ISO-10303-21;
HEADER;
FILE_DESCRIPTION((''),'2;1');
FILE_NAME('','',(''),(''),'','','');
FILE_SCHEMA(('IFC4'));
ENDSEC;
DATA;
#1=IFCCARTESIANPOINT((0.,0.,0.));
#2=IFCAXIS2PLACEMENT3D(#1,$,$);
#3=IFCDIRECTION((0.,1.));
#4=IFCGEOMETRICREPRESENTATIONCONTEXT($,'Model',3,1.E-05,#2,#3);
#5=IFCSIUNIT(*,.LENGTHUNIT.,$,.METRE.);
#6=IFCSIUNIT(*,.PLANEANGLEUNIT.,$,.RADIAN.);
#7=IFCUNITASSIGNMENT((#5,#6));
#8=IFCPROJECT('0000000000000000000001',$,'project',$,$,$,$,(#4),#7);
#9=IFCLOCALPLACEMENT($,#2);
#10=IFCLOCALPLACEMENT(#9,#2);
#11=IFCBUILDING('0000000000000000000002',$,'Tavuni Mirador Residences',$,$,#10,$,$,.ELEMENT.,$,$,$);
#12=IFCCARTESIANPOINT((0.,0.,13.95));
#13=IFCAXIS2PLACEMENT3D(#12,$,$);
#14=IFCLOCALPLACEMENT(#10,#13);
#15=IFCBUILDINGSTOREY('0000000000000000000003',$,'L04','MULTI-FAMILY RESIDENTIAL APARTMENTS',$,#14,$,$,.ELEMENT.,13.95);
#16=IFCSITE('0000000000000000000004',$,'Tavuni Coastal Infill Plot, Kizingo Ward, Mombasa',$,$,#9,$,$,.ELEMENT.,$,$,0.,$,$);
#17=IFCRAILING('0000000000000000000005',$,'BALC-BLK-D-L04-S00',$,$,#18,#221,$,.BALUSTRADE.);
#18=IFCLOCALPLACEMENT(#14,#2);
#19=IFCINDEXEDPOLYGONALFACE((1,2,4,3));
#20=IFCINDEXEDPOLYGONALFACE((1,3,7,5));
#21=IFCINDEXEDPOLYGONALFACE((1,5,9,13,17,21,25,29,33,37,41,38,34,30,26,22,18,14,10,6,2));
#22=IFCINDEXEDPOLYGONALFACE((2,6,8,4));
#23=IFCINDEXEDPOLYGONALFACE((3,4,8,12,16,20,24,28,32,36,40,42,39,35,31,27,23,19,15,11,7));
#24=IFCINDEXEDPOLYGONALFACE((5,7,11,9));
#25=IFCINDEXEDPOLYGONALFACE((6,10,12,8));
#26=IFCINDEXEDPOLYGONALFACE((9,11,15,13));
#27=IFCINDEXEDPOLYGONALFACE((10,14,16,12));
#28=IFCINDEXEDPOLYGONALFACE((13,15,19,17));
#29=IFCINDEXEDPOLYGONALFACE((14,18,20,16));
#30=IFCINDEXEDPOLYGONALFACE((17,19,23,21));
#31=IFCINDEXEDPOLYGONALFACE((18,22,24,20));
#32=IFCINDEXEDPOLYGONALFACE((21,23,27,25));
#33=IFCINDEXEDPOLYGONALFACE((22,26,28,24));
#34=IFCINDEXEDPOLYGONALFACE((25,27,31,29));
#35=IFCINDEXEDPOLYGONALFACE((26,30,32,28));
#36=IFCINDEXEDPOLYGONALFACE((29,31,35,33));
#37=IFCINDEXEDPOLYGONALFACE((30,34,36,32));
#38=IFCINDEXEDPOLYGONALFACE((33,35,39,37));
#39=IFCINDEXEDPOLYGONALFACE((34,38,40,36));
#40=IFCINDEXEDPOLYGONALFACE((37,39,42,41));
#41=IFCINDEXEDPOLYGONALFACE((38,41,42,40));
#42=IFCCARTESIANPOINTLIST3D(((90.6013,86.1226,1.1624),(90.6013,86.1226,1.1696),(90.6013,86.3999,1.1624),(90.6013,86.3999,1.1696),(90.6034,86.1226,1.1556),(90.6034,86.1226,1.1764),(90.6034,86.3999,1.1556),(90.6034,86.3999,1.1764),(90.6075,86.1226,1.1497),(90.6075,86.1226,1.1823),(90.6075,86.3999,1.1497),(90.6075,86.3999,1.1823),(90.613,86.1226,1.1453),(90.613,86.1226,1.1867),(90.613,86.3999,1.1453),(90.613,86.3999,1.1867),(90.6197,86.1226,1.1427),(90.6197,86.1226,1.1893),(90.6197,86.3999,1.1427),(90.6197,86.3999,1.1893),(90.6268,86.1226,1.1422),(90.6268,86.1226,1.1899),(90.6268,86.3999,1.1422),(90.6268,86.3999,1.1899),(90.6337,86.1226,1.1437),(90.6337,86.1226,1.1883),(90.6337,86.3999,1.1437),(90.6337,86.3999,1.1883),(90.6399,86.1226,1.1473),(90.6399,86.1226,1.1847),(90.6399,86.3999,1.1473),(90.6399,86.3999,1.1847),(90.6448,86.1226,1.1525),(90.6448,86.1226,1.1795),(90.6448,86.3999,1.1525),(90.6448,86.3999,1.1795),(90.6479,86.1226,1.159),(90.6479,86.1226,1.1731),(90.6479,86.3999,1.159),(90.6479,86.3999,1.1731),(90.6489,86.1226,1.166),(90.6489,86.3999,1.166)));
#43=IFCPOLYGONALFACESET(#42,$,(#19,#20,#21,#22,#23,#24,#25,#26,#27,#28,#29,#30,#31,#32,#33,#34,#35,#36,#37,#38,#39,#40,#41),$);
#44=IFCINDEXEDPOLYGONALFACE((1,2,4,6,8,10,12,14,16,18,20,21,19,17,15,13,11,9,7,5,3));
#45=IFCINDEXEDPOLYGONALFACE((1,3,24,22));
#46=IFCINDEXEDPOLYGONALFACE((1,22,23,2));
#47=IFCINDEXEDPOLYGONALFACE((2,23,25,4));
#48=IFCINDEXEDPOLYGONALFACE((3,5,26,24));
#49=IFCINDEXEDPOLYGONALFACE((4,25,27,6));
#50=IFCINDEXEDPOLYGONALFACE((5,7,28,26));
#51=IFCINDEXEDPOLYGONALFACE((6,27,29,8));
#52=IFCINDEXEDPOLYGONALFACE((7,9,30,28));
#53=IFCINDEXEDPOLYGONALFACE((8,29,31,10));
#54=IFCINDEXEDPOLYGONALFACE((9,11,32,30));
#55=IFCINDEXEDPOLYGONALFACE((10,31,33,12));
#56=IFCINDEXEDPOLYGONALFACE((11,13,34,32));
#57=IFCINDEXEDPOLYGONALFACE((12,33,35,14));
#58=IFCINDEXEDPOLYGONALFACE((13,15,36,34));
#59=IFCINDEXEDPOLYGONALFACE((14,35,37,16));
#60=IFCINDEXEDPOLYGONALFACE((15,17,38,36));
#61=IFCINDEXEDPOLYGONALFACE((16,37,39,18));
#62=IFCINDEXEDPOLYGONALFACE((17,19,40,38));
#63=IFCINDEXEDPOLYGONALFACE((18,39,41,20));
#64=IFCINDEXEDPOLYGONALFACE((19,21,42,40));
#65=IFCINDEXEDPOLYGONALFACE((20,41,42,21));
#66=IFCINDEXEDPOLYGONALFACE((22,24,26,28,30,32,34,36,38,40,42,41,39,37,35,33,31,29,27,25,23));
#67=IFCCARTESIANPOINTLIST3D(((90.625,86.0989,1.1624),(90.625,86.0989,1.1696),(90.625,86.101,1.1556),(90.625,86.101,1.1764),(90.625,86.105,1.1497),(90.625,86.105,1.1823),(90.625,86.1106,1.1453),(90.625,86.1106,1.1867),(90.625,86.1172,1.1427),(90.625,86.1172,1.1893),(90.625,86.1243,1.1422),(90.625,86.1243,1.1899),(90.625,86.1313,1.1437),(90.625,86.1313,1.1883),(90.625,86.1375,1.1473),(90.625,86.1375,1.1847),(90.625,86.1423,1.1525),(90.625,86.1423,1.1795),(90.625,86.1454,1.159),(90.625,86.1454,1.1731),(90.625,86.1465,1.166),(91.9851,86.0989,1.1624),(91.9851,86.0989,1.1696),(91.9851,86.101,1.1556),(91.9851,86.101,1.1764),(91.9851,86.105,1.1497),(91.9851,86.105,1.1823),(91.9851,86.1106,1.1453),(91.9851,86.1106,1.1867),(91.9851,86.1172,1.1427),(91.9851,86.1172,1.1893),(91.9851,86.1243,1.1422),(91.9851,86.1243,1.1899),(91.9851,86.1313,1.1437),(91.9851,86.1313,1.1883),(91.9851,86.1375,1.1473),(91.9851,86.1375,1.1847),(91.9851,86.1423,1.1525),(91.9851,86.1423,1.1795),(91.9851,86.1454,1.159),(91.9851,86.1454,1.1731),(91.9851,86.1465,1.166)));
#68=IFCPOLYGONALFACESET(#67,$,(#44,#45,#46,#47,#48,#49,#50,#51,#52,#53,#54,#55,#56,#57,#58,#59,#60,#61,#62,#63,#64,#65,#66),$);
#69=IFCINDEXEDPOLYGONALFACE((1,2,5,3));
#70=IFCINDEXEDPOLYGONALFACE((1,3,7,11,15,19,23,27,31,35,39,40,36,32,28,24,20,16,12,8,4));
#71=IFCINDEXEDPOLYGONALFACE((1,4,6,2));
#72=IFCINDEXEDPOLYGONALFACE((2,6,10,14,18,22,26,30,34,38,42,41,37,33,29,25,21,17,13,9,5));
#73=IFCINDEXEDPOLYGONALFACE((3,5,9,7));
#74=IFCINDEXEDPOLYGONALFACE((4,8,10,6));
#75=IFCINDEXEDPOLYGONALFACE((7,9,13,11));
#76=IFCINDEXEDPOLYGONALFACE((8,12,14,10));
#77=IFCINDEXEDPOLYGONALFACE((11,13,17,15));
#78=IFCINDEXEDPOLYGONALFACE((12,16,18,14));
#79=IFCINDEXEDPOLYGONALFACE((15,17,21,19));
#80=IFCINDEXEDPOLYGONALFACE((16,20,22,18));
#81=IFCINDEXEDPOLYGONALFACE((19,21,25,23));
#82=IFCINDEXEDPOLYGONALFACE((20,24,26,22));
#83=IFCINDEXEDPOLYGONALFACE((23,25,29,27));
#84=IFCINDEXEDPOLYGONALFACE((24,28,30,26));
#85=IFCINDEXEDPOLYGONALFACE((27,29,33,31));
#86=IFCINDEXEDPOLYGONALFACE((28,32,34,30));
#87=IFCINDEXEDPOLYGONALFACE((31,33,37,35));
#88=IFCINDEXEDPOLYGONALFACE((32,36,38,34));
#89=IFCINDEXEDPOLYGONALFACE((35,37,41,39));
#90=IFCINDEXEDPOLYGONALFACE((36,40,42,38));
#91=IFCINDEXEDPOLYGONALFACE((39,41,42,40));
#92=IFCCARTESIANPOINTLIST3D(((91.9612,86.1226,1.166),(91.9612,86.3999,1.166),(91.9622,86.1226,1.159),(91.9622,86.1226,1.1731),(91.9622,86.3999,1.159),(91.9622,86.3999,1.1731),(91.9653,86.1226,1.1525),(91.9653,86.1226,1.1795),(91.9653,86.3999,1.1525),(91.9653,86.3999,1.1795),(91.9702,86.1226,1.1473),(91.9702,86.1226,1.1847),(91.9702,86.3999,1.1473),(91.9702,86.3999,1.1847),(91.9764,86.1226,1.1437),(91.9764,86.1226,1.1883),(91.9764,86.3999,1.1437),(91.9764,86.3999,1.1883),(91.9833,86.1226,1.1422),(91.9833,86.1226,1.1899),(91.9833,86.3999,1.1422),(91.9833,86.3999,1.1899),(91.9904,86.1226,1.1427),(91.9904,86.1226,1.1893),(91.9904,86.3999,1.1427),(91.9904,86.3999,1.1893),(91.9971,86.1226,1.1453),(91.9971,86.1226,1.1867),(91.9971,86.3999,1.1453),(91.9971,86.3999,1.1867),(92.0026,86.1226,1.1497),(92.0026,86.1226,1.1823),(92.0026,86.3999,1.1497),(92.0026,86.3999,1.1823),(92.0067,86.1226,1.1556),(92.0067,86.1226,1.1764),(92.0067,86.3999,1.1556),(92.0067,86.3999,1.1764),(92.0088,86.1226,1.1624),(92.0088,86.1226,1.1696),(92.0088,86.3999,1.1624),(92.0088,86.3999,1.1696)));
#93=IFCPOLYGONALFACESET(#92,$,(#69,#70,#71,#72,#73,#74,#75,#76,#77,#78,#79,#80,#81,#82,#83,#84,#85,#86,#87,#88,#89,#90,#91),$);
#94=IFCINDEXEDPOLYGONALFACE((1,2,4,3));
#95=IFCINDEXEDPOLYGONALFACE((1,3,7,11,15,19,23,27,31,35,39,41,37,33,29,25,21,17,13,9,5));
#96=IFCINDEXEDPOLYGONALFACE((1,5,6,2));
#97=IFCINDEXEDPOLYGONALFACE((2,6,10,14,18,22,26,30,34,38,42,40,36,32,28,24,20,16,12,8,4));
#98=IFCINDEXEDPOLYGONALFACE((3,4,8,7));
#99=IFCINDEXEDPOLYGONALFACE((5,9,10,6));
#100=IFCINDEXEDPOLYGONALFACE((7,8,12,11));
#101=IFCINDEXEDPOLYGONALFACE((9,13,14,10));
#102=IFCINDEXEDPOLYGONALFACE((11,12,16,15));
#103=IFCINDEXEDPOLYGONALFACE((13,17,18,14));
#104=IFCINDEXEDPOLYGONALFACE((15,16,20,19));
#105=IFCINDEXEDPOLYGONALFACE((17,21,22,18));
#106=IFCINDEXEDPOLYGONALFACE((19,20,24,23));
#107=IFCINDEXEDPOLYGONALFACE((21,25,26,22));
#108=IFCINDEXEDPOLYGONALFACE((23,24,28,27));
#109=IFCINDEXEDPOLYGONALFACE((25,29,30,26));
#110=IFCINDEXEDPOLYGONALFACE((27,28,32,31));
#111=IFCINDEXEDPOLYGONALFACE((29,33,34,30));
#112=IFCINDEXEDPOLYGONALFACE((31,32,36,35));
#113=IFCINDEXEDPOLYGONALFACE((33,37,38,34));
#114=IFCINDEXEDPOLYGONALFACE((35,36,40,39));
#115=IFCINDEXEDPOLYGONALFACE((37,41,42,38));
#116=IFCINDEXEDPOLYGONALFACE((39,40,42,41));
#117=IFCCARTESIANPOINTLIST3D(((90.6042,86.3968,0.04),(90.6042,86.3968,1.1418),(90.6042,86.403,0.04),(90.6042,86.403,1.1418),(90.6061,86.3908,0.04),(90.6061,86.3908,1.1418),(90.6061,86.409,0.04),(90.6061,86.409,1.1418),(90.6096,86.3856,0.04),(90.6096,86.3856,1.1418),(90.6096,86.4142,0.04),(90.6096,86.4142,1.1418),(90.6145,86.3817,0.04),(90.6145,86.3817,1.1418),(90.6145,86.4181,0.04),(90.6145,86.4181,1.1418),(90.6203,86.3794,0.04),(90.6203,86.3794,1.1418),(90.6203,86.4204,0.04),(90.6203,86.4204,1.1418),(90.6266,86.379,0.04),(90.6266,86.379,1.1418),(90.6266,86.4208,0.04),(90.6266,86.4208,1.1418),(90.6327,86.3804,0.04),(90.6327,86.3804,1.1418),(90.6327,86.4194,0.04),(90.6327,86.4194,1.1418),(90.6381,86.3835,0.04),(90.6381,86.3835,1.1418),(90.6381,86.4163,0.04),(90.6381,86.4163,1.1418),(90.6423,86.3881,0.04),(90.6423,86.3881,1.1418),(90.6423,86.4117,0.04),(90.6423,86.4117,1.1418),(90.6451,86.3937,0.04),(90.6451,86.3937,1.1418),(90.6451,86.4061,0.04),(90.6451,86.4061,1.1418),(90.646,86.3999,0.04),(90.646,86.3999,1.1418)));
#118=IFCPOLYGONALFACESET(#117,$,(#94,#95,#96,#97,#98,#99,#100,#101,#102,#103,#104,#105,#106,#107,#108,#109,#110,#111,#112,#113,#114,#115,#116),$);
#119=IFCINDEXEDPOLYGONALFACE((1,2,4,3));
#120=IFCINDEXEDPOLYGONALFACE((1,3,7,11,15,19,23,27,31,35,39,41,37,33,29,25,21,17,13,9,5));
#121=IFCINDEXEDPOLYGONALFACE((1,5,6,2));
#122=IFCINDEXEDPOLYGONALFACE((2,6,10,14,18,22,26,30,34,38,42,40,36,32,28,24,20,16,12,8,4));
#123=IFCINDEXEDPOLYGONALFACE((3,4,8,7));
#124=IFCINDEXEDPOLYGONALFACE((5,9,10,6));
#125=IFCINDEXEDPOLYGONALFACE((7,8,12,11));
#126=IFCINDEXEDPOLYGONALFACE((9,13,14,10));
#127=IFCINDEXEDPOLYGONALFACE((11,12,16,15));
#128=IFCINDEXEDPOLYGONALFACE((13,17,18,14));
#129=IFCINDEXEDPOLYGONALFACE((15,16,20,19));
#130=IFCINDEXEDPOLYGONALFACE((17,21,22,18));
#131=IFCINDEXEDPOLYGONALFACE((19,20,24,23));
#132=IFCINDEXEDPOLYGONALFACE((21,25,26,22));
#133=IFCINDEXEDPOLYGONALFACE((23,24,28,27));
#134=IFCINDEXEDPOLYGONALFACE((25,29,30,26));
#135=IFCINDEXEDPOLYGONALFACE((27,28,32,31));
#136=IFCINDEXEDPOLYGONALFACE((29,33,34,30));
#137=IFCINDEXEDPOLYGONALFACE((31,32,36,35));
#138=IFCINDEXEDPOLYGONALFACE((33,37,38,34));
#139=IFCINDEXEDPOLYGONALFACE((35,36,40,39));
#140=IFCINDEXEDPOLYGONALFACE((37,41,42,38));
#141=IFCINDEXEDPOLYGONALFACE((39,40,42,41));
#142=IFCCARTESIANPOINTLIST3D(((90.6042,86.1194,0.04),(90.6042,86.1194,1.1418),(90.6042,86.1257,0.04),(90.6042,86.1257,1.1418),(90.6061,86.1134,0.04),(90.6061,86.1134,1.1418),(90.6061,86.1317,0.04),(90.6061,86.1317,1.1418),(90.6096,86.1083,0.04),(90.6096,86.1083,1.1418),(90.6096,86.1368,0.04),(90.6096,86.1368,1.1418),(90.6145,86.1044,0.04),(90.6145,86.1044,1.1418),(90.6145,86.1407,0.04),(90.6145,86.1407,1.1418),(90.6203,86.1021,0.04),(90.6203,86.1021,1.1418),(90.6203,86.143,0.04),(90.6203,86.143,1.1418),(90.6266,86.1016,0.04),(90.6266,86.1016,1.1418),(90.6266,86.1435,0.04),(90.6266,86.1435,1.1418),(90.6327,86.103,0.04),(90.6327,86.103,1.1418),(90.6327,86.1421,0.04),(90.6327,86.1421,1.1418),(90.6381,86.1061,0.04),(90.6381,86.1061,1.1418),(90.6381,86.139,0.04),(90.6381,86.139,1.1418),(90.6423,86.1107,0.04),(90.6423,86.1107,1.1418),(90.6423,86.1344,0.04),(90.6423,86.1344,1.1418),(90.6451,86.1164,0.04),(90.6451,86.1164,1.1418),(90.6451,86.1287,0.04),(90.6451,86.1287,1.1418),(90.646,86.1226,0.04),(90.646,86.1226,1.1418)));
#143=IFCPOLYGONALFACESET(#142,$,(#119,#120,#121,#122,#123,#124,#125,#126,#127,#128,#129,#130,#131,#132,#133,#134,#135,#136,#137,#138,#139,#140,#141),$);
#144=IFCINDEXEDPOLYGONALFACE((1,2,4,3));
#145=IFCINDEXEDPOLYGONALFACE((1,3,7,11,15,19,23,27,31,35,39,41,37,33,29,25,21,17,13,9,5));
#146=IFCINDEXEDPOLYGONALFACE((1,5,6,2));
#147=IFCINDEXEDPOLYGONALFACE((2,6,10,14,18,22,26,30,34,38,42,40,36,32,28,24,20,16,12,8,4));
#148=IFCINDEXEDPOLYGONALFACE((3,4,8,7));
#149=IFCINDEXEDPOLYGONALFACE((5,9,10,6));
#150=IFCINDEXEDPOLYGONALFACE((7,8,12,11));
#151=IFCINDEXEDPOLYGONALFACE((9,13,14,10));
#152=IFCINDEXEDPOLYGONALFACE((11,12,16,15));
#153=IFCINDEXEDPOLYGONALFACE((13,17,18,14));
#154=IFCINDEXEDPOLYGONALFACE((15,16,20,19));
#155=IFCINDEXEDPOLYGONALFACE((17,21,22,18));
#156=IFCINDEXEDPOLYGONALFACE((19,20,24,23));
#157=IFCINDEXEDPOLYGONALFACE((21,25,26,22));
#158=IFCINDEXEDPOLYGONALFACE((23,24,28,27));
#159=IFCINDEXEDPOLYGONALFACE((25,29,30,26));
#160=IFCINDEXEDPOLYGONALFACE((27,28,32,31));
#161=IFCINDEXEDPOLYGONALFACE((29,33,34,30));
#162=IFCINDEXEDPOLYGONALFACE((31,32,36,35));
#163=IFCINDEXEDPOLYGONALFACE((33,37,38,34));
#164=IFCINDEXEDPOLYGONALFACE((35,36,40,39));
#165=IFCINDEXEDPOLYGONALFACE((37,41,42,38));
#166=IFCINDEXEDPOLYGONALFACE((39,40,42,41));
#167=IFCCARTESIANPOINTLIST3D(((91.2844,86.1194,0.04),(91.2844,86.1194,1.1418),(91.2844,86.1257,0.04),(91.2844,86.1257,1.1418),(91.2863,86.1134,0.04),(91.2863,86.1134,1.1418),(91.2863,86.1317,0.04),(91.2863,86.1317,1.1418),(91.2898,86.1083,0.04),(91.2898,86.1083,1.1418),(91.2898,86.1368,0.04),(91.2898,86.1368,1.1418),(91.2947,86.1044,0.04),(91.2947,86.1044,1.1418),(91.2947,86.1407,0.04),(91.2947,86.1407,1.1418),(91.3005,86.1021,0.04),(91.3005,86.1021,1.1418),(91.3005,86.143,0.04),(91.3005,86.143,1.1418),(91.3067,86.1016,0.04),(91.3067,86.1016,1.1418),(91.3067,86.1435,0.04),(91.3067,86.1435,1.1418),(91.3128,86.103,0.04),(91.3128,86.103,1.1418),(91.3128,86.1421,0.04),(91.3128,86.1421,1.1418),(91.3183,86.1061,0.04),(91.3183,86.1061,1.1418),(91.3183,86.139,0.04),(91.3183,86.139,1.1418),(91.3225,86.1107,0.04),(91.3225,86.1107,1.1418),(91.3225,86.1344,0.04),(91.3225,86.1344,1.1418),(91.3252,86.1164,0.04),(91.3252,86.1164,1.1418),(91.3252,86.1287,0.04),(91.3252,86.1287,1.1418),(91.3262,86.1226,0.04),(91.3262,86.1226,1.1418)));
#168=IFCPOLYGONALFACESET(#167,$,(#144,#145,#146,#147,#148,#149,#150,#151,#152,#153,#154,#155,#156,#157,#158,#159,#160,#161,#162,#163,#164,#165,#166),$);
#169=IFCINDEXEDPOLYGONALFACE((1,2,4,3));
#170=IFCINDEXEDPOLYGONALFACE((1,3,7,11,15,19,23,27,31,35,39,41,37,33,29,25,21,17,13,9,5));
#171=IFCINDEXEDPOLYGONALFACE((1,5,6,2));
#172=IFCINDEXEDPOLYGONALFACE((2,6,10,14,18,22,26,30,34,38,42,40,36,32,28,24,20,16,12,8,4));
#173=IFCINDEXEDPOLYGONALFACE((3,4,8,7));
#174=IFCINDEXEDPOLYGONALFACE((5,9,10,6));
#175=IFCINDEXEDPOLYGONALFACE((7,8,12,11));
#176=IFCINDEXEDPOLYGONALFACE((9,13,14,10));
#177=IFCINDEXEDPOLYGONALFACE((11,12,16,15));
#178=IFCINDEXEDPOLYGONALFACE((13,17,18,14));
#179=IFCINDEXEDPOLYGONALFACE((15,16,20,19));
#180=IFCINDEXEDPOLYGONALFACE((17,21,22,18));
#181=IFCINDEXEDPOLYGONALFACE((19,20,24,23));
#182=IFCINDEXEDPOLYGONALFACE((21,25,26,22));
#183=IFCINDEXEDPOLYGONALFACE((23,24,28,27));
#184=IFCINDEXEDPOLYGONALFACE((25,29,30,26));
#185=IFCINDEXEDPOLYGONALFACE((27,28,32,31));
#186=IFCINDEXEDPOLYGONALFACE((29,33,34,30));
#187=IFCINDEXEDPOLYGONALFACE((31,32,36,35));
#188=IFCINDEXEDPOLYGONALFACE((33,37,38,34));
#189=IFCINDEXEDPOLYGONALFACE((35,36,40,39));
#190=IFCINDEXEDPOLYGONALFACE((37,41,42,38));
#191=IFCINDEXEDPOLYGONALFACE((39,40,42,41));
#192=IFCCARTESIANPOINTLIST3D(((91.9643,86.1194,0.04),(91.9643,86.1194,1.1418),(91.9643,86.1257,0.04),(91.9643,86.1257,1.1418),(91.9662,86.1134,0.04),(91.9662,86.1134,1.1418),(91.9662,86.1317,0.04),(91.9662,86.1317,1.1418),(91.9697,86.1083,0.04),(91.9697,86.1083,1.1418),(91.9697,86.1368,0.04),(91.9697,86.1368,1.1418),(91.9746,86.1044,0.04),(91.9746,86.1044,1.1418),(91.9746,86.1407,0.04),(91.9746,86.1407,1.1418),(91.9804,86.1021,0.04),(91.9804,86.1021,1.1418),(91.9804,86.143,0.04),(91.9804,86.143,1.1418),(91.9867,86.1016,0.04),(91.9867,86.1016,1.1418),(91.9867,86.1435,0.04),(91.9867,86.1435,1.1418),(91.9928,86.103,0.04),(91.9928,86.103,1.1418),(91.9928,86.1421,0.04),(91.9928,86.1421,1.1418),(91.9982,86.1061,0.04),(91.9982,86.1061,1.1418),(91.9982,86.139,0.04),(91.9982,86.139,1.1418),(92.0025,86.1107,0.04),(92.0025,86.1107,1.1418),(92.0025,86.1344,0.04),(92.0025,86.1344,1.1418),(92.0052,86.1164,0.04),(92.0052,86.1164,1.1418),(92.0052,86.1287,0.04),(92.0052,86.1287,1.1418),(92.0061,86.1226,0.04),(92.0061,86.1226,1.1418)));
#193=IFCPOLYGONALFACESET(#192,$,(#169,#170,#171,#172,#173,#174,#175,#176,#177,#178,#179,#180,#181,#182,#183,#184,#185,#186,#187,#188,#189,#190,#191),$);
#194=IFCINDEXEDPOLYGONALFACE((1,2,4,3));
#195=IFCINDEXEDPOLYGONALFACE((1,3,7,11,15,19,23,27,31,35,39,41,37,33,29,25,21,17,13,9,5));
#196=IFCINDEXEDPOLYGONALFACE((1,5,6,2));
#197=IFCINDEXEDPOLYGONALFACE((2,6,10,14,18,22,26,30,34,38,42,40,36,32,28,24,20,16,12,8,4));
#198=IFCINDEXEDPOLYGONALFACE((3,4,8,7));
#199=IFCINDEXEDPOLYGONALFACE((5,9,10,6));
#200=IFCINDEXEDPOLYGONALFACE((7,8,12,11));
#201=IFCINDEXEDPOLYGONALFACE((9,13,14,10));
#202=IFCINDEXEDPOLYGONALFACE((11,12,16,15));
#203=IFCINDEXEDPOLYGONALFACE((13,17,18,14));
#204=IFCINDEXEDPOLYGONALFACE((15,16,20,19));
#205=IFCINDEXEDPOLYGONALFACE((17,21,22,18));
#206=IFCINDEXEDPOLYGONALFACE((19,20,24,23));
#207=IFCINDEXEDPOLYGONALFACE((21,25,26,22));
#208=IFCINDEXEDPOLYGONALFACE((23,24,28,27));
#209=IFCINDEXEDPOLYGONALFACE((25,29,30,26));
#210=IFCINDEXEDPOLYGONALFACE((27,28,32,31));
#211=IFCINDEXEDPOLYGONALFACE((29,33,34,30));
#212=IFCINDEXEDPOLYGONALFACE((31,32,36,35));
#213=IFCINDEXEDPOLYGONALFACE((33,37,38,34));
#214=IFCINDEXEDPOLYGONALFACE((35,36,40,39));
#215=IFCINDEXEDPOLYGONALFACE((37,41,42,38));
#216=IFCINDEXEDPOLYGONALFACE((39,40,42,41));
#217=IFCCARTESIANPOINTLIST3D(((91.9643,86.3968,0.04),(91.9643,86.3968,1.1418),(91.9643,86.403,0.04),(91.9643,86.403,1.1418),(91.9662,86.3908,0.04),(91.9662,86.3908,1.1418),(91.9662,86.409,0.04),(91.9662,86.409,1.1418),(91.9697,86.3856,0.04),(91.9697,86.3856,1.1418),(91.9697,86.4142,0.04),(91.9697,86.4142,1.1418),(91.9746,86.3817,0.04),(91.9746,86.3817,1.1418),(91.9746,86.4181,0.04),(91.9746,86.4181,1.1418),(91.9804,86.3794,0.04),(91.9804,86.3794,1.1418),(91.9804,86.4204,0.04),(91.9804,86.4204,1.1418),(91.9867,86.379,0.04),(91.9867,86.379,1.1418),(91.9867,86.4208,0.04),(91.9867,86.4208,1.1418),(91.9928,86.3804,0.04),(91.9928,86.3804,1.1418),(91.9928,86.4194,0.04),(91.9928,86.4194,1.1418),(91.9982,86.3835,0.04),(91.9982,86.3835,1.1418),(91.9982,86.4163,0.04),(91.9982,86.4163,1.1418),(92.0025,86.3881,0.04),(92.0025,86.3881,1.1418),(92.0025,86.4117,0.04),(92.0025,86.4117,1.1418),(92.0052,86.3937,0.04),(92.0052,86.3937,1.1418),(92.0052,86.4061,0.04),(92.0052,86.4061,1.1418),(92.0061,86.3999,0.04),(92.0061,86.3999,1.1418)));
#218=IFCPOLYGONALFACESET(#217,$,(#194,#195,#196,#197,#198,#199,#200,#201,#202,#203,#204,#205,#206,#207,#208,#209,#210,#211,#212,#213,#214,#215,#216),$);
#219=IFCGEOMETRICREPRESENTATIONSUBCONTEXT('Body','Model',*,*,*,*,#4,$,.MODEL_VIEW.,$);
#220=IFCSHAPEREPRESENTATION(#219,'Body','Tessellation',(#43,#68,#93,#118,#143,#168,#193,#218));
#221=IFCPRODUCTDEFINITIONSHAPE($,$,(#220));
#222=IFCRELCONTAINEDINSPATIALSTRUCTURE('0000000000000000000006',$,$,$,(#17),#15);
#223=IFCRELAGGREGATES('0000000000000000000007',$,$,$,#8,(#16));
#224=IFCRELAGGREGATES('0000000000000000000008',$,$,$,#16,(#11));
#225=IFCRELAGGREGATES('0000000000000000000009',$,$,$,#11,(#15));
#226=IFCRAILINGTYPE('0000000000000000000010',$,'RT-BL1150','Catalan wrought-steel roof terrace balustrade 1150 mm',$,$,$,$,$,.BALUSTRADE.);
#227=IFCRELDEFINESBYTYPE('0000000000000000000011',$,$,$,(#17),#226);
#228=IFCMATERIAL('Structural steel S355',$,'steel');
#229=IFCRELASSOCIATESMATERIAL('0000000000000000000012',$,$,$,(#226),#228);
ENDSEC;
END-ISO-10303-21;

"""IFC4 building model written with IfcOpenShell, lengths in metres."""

from ifc_helpers import new_model, si_unit, direction, frame, origin, origin_2d, place, context, subcontext, project, spatial, circle, extrude, material, type_object, element, save


model = new_model("IFC4")

# Units and contexts
model_context = context("Model", 3, precision=1e-05, world=origin(), true_north=direction((0.0, 1.0)))
body_context = subcontext(model_context, "Body", "Model", "MODEL_VIEW")
ifc_project = project(units=[si_unit("LENGTHUNIT", "METRE"), si_unit("PLANEANGLEUNIT", "RADIAN")], contexts=[model_context])

# Site, building, storey
site_placement = place(None, origin())
site = spatial("IfcSite", under=ifc_project, at=site_placement, Name="Tavuni Coastal Infill Plot, Kizingo Ward, Mombasa", CompositionType="ELEMENT", RefElevation=0.0)
building_placement = place(site_placement, origin())
building = spatial("IfcBuilding", under=site, at=building_placement, Name="Tavuni Mirador Residences", CompositionType="ELEMENT")
storey_placement = place(building_placement, frame((0.0, 0.0, 13.95)))
storey = spatial("IfcBuildingStorey", under=building, at=storey_placement, Name="L04", Description="MULTI-FAMILY RESIDENTIAL APARTMENTS", CompositionType="ELEMENT", Elevation=13.95)

# Shared definitions
ifc_material_1 = material(Name="Structural steel S355", Category="steel")

# Railing
railing_type = type_object("IfcRailingType", Name="RT-BL1150", Description="Catalan wrought-steel roof terrace balustrade 1150 mm", PredefinedType="BALUSTRADE", material=ifc_material_1)
railing_placement = place(storey_placement, frame((90.625, 86.3999, 0.04)))
element("IfcRailing", 1, at=railing_placement, inside=storey, type_object=railing_type, Name="BALC-BLK-D-L04-S00", PredefinedType="BALUSTRADE", context=body_context, shape_type="SweptSolid", body=[
    extrude(circle(Radius=0.0239, at=origin_2d()), frame((0.0, 0.0, 1.126), z_axis=(0.0, -1.0, 0.0), x_axis=(1.0, 0.0, 0.0)), (0.0, 0.0, 1.0), 0.2773),
    extrude(circle(Radius=0.0239, at=origin_2d()), frame((0.0, -0.2773, 1.126), z_axis=(1.0, 0.0, 0.0), x_axis=(0.0, 1.0, 0.0)), (0.0, 0.0, 1.0), 1.3601),
    extrude(circle(Radius=0.0239, at=origin_2d()), frame((1.3601, -0.2773, 1.126), z_axis=(0.0, 1.0, 0.0), x_axis=(-1.0, 0.0, 0.0)), (0.0, 0.0, 1.0), 0.2773),
    extrude(circle(Radius=0.021, at=origin_2d()), origin(), (0.0, 0.0, 1.0), 1.1018),
    extrude(circle(Radius=0.021, at=origin_2d()), frame((0.0, -0.2773, 0.0)), (0.0, 0.0, 1.0), 1.1018),
    extrude(circle(Radius=0.021, at=origin_2d()), frame((0.6802, -0.2773, 0.0)), (0.0, 0.0, 1.0), 1.1018),
    extrude(circle(Radius=0.021, at=origin_2d()), frame((1.3601, -0.2773, 0.0)), (0.0, 0.0, 1.0), 1.1018),
    extrude(circle(Radius=0.021, at=origin_2d()), frame((1.3601, 0.0, 0.0)), (0.0, 0.0, 1.0), 1.1018),
])

save(model, "model.ifc")
